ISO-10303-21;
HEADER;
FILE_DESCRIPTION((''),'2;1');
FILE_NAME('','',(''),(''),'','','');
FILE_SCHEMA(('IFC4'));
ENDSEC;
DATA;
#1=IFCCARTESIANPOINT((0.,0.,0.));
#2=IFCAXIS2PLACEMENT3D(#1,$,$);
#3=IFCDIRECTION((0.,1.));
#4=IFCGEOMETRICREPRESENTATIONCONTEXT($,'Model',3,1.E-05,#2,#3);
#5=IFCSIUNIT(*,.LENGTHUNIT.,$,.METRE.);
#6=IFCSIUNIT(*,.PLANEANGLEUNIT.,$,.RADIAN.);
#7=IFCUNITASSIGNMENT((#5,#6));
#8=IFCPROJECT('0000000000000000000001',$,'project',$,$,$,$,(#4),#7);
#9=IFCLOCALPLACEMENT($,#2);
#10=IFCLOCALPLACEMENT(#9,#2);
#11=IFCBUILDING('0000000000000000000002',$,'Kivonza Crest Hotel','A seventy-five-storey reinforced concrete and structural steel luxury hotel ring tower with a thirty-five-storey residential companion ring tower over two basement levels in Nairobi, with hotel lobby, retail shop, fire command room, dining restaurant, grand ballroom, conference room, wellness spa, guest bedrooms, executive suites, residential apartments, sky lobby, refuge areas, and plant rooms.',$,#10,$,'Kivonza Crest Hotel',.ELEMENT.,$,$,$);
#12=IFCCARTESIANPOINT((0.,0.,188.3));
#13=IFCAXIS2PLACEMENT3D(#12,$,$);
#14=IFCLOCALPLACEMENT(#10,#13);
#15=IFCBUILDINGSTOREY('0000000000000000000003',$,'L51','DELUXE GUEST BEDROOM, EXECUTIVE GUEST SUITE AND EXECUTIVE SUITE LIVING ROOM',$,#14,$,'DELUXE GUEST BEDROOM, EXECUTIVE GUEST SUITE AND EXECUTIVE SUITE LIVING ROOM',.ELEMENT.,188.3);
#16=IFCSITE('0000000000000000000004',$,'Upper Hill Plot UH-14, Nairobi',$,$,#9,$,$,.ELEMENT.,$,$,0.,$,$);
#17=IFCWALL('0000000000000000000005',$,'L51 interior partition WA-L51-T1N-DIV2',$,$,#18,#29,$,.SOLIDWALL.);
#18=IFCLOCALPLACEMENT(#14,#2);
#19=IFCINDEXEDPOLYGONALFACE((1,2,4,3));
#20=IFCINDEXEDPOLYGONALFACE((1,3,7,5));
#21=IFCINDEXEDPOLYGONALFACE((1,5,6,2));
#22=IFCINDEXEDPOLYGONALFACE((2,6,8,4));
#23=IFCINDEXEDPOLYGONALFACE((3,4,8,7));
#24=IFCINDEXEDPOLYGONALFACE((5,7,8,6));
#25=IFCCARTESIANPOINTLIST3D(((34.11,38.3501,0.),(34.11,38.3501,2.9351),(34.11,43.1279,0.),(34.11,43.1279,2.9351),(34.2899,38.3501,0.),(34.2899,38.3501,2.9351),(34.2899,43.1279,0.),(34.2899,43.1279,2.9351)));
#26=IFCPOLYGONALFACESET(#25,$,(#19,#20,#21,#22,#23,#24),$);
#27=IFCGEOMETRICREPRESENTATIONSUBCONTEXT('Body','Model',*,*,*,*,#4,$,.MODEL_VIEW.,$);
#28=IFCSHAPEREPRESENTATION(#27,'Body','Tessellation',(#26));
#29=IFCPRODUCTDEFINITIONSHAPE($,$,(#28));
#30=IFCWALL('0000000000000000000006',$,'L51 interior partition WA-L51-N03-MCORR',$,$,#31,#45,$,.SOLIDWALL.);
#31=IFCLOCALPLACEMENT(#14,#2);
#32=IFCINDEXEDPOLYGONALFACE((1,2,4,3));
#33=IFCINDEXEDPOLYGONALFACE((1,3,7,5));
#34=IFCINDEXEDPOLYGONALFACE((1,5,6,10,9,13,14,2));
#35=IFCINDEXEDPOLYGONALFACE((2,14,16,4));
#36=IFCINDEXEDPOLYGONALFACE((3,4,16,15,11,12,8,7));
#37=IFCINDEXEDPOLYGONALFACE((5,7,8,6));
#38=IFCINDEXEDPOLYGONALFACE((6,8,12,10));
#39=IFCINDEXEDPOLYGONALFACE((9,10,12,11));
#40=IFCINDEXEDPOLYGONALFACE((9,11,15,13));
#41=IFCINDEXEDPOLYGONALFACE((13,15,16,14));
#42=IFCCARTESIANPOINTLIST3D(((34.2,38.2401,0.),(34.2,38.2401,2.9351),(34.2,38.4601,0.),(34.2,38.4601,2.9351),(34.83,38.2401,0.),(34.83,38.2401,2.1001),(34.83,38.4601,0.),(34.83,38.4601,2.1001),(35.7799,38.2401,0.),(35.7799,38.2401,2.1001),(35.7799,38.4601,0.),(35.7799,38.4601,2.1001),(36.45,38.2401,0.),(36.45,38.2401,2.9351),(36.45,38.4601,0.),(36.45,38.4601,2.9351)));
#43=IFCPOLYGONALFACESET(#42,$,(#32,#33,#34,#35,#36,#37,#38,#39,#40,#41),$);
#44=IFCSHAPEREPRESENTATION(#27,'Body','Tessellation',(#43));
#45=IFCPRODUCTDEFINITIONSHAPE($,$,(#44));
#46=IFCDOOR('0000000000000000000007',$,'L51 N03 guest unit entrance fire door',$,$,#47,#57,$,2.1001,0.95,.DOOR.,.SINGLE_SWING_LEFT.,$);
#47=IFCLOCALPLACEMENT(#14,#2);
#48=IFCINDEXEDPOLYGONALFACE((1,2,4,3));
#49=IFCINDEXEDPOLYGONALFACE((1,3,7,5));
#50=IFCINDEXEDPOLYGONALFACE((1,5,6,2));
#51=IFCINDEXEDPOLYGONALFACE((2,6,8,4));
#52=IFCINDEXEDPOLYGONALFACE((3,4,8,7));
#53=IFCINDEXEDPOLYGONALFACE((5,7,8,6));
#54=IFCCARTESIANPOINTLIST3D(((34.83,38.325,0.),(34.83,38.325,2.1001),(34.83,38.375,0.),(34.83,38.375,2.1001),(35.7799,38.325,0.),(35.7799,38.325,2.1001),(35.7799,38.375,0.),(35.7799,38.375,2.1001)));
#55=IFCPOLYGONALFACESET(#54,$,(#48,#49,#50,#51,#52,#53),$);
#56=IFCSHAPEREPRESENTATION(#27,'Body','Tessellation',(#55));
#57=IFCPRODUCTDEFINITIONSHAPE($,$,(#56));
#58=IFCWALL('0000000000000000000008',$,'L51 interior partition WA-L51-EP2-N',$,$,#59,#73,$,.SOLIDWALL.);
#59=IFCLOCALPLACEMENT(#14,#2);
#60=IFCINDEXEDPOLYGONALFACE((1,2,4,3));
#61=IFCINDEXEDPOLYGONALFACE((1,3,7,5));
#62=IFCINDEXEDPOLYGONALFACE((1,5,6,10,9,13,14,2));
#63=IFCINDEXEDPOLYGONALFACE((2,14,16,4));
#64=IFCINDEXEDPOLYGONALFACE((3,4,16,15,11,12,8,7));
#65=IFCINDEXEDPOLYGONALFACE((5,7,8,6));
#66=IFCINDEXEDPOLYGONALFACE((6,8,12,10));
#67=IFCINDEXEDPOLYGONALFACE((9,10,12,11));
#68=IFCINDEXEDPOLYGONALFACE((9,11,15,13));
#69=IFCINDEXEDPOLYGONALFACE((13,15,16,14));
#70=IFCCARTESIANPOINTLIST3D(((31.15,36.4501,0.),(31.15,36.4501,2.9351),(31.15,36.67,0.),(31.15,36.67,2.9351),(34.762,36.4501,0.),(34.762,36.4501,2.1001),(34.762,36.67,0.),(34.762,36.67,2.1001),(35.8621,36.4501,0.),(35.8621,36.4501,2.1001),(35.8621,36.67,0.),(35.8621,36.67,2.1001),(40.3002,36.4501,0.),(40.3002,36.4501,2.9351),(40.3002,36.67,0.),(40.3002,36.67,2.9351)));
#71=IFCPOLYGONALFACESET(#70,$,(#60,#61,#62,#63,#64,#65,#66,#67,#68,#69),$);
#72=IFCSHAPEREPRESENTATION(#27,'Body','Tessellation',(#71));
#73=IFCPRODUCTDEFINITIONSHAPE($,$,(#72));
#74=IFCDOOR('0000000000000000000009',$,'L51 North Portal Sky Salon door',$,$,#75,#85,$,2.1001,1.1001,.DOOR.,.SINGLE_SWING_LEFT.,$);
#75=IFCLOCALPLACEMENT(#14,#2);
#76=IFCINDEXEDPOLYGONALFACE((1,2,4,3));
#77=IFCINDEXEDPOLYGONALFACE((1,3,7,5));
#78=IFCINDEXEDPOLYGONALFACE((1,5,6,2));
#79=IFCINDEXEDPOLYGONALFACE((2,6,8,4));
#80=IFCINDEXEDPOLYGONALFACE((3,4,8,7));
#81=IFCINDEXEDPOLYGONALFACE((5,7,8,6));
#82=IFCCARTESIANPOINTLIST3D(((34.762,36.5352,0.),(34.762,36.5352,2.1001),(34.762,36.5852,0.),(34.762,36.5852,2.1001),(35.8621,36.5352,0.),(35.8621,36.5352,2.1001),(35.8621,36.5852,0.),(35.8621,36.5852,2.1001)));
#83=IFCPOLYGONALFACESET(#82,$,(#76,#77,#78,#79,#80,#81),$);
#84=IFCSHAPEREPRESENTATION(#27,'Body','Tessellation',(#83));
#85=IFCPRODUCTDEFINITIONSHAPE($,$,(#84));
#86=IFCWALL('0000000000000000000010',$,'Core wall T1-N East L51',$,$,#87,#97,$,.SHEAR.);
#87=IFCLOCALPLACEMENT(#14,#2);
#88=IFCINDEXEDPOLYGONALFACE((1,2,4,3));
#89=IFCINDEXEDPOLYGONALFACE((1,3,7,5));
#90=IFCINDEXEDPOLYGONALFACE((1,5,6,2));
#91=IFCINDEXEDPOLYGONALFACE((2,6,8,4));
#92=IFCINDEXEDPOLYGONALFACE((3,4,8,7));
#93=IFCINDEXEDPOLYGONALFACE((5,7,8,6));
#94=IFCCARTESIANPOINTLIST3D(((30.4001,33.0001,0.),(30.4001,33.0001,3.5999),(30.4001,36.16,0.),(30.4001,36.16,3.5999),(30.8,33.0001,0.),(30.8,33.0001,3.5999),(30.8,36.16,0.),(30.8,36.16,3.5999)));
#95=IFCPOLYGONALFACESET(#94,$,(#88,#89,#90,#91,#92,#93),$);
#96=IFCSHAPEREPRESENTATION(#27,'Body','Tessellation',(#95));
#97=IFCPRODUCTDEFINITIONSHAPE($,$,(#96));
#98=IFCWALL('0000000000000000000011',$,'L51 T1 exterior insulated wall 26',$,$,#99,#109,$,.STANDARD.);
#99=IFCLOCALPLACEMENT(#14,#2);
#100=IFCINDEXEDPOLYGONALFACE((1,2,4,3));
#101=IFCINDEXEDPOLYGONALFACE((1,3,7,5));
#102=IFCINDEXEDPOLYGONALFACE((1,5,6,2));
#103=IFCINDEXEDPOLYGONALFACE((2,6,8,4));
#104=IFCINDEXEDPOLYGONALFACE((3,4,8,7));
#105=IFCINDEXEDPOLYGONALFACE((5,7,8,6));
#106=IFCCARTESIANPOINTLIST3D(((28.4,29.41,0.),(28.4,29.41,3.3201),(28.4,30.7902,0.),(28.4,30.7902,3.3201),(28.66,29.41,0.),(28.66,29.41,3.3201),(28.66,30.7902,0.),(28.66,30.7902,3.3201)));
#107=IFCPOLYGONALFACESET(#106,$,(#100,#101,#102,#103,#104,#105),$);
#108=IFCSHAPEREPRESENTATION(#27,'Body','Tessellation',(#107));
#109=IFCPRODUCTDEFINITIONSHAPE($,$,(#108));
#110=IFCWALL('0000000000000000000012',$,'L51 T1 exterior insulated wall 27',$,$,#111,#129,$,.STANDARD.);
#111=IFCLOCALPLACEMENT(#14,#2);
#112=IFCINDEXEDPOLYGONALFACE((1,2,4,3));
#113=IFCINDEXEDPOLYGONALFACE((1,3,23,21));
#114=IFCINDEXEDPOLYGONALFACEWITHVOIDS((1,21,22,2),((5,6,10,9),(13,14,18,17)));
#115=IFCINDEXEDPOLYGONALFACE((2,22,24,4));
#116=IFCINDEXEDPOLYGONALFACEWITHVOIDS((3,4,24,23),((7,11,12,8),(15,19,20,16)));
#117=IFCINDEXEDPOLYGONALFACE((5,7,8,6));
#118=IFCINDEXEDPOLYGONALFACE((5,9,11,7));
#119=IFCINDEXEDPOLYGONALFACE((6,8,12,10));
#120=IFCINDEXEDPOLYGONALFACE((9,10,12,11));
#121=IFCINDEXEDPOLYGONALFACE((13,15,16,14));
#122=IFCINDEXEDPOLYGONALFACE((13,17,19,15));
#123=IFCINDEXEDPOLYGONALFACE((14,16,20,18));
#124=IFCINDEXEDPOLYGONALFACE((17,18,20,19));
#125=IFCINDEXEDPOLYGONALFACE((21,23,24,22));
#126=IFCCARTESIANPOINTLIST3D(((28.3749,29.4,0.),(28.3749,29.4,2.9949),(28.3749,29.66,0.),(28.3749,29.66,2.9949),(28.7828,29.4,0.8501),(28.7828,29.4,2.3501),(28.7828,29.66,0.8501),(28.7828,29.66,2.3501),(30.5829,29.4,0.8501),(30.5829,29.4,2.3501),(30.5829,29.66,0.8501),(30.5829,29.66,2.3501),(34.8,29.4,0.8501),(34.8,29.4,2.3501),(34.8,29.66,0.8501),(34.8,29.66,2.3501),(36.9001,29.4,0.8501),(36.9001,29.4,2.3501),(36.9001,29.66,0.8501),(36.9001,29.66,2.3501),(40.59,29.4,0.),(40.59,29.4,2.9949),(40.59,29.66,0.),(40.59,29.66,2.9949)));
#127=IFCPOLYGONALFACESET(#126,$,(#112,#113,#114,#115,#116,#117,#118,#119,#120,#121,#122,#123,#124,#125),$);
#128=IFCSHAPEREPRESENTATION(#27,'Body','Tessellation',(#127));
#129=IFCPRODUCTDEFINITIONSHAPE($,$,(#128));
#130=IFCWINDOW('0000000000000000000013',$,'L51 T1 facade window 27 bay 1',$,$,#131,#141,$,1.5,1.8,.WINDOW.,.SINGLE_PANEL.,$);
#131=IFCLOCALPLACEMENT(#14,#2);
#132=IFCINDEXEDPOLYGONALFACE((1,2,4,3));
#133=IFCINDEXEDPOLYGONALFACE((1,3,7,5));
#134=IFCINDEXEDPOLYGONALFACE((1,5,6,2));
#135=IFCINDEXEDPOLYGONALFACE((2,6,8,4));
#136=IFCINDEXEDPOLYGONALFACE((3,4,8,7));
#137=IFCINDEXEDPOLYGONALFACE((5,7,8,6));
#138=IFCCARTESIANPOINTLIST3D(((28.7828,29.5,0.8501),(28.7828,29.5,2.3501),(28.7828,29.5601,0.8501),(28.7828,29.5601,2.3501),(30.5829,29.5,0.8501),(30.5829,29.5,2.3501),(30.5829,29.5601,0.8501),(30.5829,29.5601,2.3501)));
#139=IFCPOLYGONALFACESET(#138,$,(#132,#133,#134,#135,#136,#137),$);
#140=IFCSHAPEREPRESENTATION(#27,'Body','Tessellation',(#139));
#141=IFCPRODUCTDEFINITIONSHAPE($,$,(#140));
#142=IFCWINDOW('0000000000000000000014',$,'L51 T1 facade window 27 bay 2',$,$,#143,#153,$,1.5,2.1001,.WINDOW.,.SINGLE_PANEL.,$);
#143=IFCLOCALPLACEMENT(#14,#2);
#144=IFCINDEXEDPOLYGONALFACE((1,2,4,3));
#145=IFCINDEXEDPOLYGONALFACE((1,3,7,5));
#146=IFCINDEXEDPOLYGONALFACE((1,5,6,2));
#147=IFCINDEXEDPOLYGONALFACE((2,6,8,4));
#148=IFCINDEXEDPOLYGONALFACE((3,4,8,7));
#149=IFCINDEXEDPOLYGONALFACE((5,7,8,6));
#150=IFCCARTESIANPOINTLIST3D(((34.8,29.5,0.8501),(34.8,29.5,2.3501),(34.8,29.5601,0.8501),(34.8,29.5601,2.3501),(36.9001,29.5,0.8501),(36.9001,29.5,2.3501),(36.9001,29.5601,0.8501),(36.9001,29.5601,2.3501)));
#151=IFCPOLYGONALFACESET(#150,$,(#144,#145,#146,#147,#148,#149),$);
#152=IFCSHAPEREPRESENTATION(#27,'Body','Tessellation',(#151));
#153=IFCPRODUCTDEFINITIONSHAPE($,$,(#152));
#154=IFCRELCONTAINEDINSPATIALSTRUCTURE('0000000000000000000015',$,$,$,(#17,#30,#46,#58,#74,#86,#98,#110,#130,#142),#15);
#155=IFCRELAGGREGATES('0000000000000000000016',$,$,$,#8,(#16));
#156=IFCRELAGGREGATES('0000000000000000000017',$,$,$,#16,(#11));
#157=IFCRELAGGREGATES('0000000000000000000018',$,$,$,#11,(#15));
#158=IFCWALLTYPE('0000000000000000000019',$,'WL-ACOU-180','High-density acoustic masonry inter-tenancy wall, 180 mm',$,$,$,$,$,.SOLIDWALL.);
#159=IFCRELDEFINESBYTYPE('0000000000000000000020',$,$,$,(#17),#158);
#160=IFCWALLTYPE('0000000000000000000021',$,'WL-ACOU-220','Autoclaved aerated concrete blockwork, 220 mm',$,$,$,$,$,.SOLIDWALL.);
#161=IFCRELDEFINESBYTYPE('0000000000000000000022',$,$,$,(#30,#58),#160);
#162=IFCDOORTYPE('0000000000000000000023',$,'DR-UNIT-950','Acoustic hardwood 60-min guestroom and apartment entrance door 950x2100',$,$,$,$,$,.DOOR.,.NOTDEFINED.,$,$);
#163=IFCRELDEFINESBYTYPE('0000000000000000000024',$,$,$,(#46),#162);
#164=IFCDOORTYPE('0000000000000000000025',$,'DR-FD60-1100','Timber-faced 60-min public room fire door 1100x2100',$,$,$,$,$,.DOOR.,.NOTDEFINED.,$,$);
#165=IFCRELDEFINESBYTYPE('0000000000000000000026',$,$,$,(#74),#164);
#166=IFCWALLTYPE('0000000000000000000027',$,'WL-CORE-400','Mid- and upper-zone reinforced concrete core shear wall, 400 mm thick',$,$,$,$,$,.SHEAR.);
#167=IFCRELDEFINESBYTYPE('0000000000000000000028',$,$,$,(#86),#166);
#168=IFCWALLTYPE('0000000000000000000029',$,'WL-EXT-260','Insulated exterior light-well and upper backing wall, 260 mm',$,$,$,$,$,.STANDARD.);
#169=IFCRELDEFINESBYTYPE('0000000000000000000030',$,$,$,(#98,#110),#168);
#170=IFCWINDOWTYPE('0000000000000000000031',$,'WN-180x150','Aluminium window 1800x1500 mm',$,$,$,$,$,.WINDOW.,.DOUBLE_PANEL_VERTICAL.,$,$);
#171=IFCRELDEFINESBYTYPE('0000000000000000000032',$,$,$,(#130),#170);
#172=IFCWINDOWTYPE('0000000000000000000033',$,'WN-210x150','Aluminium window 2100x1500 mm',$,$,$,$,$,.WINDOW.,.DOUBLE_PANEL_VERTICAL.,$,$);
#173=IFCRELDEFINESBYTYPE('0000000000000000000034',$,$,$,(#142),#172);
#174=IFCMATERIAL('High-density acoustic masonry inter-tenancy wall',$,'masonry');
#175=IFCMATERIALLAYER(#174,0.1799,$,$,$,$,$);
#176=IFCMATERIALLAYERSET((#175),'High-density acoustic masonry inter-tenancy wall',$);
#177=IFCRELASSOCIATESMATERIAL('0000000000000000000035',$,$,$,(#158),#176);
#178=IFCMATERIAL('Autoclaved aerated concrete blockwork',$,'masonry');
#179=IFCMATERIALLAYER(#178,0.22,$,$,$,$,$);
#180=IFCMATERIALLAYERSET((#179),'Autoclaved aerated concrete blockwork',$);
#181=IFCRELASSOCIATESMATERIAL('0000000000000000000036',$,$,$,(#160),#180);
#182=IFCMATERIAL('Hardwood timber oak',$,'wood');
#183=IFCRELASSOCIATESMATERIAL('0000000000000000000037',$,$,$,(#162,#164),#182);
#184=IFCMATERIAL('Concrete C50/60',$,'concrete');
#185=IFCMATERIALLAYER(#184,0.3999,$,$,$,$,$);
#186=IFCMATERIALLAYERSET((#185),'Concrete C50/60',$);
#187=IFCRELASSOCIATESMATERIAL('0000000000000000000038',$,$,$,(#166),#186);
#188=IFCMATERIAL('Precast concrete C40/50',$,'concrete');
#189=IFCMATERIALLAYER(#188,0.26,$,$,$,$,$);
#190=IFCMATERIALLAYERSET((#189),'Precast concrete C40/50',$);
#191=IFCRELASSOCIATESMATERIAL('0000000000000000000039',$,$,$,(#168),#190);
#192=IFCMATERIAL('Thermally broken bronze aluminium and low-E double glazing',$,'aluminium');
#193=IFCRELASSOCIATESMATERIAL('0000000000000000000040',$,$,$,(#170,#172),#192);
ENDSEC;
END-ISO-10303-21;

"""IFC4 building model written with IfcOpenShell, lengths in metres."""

from ifc_helpers import new_model, si_unit, direction, frame, frame_2d, origin, place, context, subcontext, project, spatial, rectangle, extrude, material, layer, layer_set, type_object, element, fill, save


model = new_model("IFC4")

# Units and contexts
model_context = context("Model", 3, precision=1e-05, world=origin(), true_north=direction((0.0, 1.0)))
body_context = subcontext(model_context, "Body", "Model", "MODEL_VIEW")
ifc_project = project(units=[si_unit("LENGTHUNIT", "METRE"), si_unit("PLANEANGLEUNIT", "RADIAN")], contexts=[model_context])

# Site, building, storey
site_placement = place(None, origin())
site = spatial("IfcSite", under=ifc_project, at=site_placement, Name="Upper Hill Plot UH-14, Nairobi", CompositionType="ELEMENT", RefElevation=0.0)
building_placement = place(site_placement, origin())
building = spatial("IfcBuilding", under=site, at=building_placement, Name="Kivonza Crest Hotel", Description="A seventy-five-storey reinforced concrete and structural steel luxury hotel ring tower with a thirty-five-storey residential companion ring tower over two basement levels in Nairobi, with hotel lobby, retail shop, fire command room, dining restaurant, grand ballroom, conference room, wellness spa, guest bedrooms, executive suites, residential apartments, sky lobby, refuge areas, and plant rooms.", LongName="Kivonza Crest Hotel", CompositionType="ELEMENT")
storey_placement = place(building_placement, frame((0.0, 0.0, 188.3)))
storey = spatial("IfcBuildingStorey", under=building, at=storey_placement, Name="L51", Description="DELUXE GUEST BEDROOM, EXECUTIVE GUEST SUITE AND EXECUTIVE SUITE LIVING ROOM", LongName="DELUXE GUEST BEDROOM, EXECUTIVE GUEST SUITE AND EXECUTIVE SUITE LIVING ROOM", CompositionType="ELEMENT", Elevation=188.3)

# Shared definitions
ifc_material_1 = material(Name="Concrete C50/60", Category="concrete")

# Wall
ifc_material_2 = material(Name="High-density acoustic masonry inter-tenancy wall", Category="masonry")
ifc_layer_1 = layer(ifc_material_2, 0.1799)
ifc_layer_set_1 = layer_set([ifc_layer_1], Name="High-density acoustic masonry inter-tenancy wall")
wall_type_1 = type_object("IfcWallType", Name="WL-ACOU-180", Description="High-density acoustic masonry inter-tenancy wall, 180 mm", PredefinedType="SOLIDWALL", material=ifc_layer_set_1)
wall_1_placement = place(storey_placement, frame((34.2, 38.3501, 0.0), z_axis=(0.0, 0.0, 1.0), x_axis=(0.0, 1.0, 0.0)))
element("IfcWall", 1, at=wall_1_placement, inside=storey, type_object=wall_type_1, Name="L51 interior partition WA-L51-T1N-DIV2", PredefinedType="SOLIDWALL", context=body_context, shape_type="SweptSolid", body=[
    extrude(rectangle(XDim=4.7778, YDim=0.1799, at=frame_2d((2.3889, 0.0))), origin(), (0.0, 0.0, 1.0), 2.9351),
])

# Walls, openings, doors
ifc_material_3 = material(Name="Autoclaved aerated concrete blockwork", Category="masonry")
ifc_layer_2 = layer(ifc_material_3, 0.22)
ifc_layer_set_2 = layer_set([ifc_layer_2], Name="Autoclaved aerated concrete blockwork")
wall_type_2 = type_object("IfcWallType", Name="WL-ACOU-220", Description="Autoclaved aerated concrete blockwork, 220 mm", PredefinedType="SOLIDWALL", material=ifc_layer_set_2)
wall_2_placement = place(storey_placement, frame((34.2, 38.3501, 0.0), z_axis=(0.0, 0.0, 1.0), x_axis=(1.0, 0.0, 0.0)))
wall_2 = element("IfcWall", 2, at=wall_2_placement, inside=storey, type_object=wall_type_2, Name="L51 interior partition WA-L51-N03-MCORR", PredefinedType="SOLIDWALL", context=body_context, shape_type="SweptSolid", body=[
    extrude(rectangle(XDim=2.25, YDim=0.22, at=frame_2d((1.125, 0.0))), origin(), (0.0, 0.0, 1.0), 2.9351),
])
opening_1_placement = place(wall_2_placement, frame((0.6299, 0.0, 0.0)))
opening_1 = element("IfcOpeningElement", 3, at=opening_1_placement, cuts=wall_2, PredefinedType="OPENING", context=body_context, shape_type="SweptSolid", body=[
    extrude(rectangle(XDim=0.95, YDim=2.1001, at=frame_2d((0.4751, 1.05))), frame((0.0, 0.1201, 0.0), z_axis=(0.0, -1.0, 0.0), x_axis=(1.0, 0.0, 0.0)), (0.0, 0.0, 1.0), 0.24),
])
ifc_material_4 = material(Name="Hardwood timber oak", Category="wood")
door_type_1 = type_object("IfcDoorType", Name="DR-UNIT-950", Description="Acoustic hardwood 60-min guestroom and apartment entrance door 950x2100", OperationType="NOTDEFINED", PredefinedType="DOOR", material=ifc_material_4)
door_1_placement = place(opening_1_placement, origin())
door_1 = element("IfcDoor", 4, at=door_1_placement, inside=storey, type_object=door_type_1, Name="L51 N03 guest unit entrance fire door", OperationType="SINGLE_SWING_LEFT", OverallHeight=2.1001, OverallWidth=0.95, PredefinedType="DOOR", context=body_context, shape_type="SweptSolid", body=[
    extrude(rectangle(XDim=0.95, YDim=2.1001, at=frame_2d((0.4751, 1.05))), frame((0.0, 0.0249, 0.0), z_axis=(0.0, -1.0, 0.0), x_axis=(1.0, 0.0, 0.0)), (0.0, 0.0, 1.0), 0.05),
])
fill(opening_1, door_1)
wall_3_placement = place(storey_placement, frame((31.1499, 36.5601, 0.0), z_axis=(0.0, 0.0, 1.0), x_axis=(1.0, 0.0, 0.0)))
wall_3 = element("IfcWall", 5, at=wall_3_placement, inside=storey, type_object=wall_type_2, Name="L51 interior partition WA-L51-EP2-N", PredefinedType="SOLIDWALL", context=body_context, shape_type="SweptSolid", body=[
    extrude(rectangle(XDim=9.1501, YDim=0.22, at=frame_2d((4.5752, 0.0))), origin(), (0.0, 0.0, 1.0), 2.9351),
])
opening_2_placement = place(wall_3_placement, frame((3.6121, 0.0, 0.0)))
opening_2 = element("IfcOpeningElement", 6, at=opening_2_placement, cuts=wall_3, PredefinedType="OPENING", context=body_context, shape_type="SweptSolid", body=[
    extrude(rectangle(XDim=1.1001, YDim=2.1001, at=frame_2d((0.55, 1.05))), frame((0.0, 0.1201, 0.0), z_axis=(0.0, -1.0, 0.0), x_axis=(1.0, 0.0, 0.0)), (0.0, 0.0, 1.0), 0.24),
])
door_type_2 = type_object("IfcDoorType", Name="DR-FD60-1100", Description="Timber-faced 60-min public room fire door 1100x2100", OperationType="NOTDEFINED", PredefinedType="DOOR", material=ifc_material_4)
door_2_placement = place(opening_2_placement, frame((1.1001, 0.0, 0.0), z_axis=(0.0, 0.0, 1.0), x_axis=(-1.0, 0.0, 0.0)))
door_2 = element("IfcDoor", 7, at=door_2_placement, inside=storey, type_object=door_type_2, Name="L51 North Portal Sky Salon door", OperationType="SINGLE_SWING_LEFT", OverallHeight=2.1001, OverallWidth=1.1001, PredefinedType="DOOR", context=body_context, shape_type="SweptSolid", body=[
    extrude(rectangle(XDim=1.1001, YDim=2.1001, at=frame_2d((0.55, 1.05))), frame((0.0, 0.0249, 0.0), z_axis=(0.0, -1.0, 0.0), x_axis=(1.0, 0.0, 0.0)), (0.0, 0.0, 1.0), 0.05),
])
fill(opening_2, door_2)

# Walls
ifc_layer_3 = layer(ifc_material_1, 0.3999)
ifc_layer_set_3 = layer_set([ifc_layer_3], Name="Concrete C50/60")
wall_type_3 = type_object("IfcWallType", Name="WL-CORE-400", Description="Mid- and upper-zone reinforced concrete core shear wall, 400 mm thick", PredefinedType="SHEAR", material=ifc_layer_set_3)
wall_4_placement = place(storey_placement, frame((30.6001, 33.0, 0.0), z_axis=(0.0, 0.0, 1.0), x_axis=(0.0, 1.0, 0.0)))
element("IfcWall", 8, at=wall_4_placement, inside=storey, type_object=wall_type_3, Name="Core wall T1-N East L51", PredefinedType="SHEAR", context=body_context, shape_type="SweptSolid", body=[
    extrude(rectangle(XDim=3.1599, YDim=0.3999, at=frame_2d((1.5801, 0.0))), origin(), (0.0, 0.0, 1.0), 3.5999),
])
ifc_material_5 = material(Name="Precast concrete C40/50", Category="concrete")
ifc_layer_4 = layer(ifc_material_5, 0.26)
ifc_layer_set_4 = layer_set([ifc_layer_4], Name="Precast concrete C40/50")
wall_type_4 = type_object("IfcWallType", Name="WL-EXT-260", Description="Insulated exterior light-well and upper backing wall, 260 mm", PredefinedType="STANDARD", material=ifc_layer_set_4)
wall_5_placement = place(storey_placement, frame((28.53, 30.79, 0.0), z_axis=(0.0, 0.0, 1.0), x_axis=(0.0, -1.0, 0.0)))
element("IfcWall", 9, at=wall_5_placement, inside=storey, type_object=wall_type_4, Name="L51 T1 exterior insulated wall 26", PredefinedType="STANDARD", context=body_context, shape_type="SweptSolid", body=[
    extrude(rectangle(XDim=1.3801, YDim=0.26, at=frame_2d((0.6899, 0.0))), origin(), (0.0, 0.0, 1.0), 3.3201),
])

# Wall, openings, windows
wall_6_placement = place(storey_placement, frame((28.375, 29.53, 0.0), z_axis=(0.0, 0.0, 1.0), x_axis=(1.0, 0.0, 0.0)))
wall_6 = element("IfcWall", 10, at=wall_6_placement, inside=storey, type_object=wall_type_4, Name="L51 T1 exterior insulated wall 27", PredefinedType="STANDARD", context=body_context, shape_type="SweptSolid", body=[
    extrude(rectangle(XDim=12.2151, YDim=0.26, at=frame_2d((6.1074, 0.0))), origin(), (0.0, 0.0, 1.0), 2.9949),
])
opening_3_placement = place(wall_6_placement, frame((0.408, 0.0, 0.8501)))
opening_3 = element("IfcOpeningElement", 11, at=opening_3_placement, cuts=wall_6, PredefinedType="OPENING", context=body_context, shape_type="SweptSolid", body=[
    extrude(rectangle(XDim=1.8, YDim=1.5, at=frame_2d((0.8999, 0.75))), frame((0.0, 0.1401, 0.0), z_axis=(0.0, -1.0, 0.0), x_axis=(1.0, 0.0, 0.0)), (0.0, 0.0, 1.0), 0.28),
])
opening_4_placement = place(wall_6_placement, frame((6.425, 0.0, 0.8501)))
opening_4 = element("IfcOpeningElement", 12, at=opening_4_placement, cuts=wall_6, PredefinedType="OPENING", context=body_context, shape_type="SweptSolid", body=[
    extrude(rectangle(XDim=2.1001, YDim=1.5, at=frame_2d((1.05, 0.75))), frame((0.0, 0.1401, 0.0), z_axis=(0.0, -1.0, 0.0), x_axis=(1.0, 0.0, 0.0)), (0.0, 0.0, 1.0), 0.28),
])
ifc_material_6 = material(Name="Thermally broken bronze aluminium and low-E double glazing", Category="aluminium")
window_type_1 = type_object("IfcWindowType", Name="WN-180x150", Description="Aluminium window 1800x1500 mm", PartitioningType="DOUBLE_PANEL_VERTICAL", PredefinedType="WINDOW", material=ifc_material_6)
window_1_placement = place(opening_3_placement, origin())
window_1 = element("IfcWindow", 13, at=window_1_placement, inside=storey, type_object=window_type_1, Name="L51 T1 facade window 27 bay 1", OverallHeight=1.5, OverallWidth=1.8, PartitioningType="SINGLE_PANEL", PredefinedType="WINDOW", context=body_context, shape_type="SweptSolid", body=[
    extrude(rectangle(XDim=1.8, YDim=1.5, at=frame_2d((0.8999, 0.75))), frame((0.0, 0.03, 0.0), z_axis=(0.0, -1.0, 0.0), x_axis=(1.0, 0.0, 0.0)), (0.0, 0.0, 1.0), 0.0601),
])
fill(opening_3, window_1)
window_type_2 = type_object("IfcWindowType", Name="WN-210x150", Description="Aluminium window 2100x1500 mm", PartitioningType="DOUBLE_PANEL_VERTICAL", PredefinedType="WINDOW", material=ifc_material_6)
window_2_placement = place(opening_4_placement, origin())
window_2 = element("IfcWindow", 14, at=window_2_placement, inside=storey, type_object=window_type_2, Name="L51 T1 facade window 27 bay 2", OverallHeight=1.5, OverallWidth=2.1001, PartitioningType="SINGLE_PANEL", PredefinedType="WINDOW", context=body_context, shape_type="SweptSolid", body=[
    extrude(rectangle(XDim=2.1001, YDim=1.5, at=frame_2d((1.05, 0.75))), frame((0.0, 0.03, 0.0), z_axis=(0.0, -1.0, 0.0), x_axis=(1.0, 0.0, 0.0)), (0.0, 0.0, 1.0), 0.0601),
])
fill(opening_4, window_2)

save(model, "model.ifc")
